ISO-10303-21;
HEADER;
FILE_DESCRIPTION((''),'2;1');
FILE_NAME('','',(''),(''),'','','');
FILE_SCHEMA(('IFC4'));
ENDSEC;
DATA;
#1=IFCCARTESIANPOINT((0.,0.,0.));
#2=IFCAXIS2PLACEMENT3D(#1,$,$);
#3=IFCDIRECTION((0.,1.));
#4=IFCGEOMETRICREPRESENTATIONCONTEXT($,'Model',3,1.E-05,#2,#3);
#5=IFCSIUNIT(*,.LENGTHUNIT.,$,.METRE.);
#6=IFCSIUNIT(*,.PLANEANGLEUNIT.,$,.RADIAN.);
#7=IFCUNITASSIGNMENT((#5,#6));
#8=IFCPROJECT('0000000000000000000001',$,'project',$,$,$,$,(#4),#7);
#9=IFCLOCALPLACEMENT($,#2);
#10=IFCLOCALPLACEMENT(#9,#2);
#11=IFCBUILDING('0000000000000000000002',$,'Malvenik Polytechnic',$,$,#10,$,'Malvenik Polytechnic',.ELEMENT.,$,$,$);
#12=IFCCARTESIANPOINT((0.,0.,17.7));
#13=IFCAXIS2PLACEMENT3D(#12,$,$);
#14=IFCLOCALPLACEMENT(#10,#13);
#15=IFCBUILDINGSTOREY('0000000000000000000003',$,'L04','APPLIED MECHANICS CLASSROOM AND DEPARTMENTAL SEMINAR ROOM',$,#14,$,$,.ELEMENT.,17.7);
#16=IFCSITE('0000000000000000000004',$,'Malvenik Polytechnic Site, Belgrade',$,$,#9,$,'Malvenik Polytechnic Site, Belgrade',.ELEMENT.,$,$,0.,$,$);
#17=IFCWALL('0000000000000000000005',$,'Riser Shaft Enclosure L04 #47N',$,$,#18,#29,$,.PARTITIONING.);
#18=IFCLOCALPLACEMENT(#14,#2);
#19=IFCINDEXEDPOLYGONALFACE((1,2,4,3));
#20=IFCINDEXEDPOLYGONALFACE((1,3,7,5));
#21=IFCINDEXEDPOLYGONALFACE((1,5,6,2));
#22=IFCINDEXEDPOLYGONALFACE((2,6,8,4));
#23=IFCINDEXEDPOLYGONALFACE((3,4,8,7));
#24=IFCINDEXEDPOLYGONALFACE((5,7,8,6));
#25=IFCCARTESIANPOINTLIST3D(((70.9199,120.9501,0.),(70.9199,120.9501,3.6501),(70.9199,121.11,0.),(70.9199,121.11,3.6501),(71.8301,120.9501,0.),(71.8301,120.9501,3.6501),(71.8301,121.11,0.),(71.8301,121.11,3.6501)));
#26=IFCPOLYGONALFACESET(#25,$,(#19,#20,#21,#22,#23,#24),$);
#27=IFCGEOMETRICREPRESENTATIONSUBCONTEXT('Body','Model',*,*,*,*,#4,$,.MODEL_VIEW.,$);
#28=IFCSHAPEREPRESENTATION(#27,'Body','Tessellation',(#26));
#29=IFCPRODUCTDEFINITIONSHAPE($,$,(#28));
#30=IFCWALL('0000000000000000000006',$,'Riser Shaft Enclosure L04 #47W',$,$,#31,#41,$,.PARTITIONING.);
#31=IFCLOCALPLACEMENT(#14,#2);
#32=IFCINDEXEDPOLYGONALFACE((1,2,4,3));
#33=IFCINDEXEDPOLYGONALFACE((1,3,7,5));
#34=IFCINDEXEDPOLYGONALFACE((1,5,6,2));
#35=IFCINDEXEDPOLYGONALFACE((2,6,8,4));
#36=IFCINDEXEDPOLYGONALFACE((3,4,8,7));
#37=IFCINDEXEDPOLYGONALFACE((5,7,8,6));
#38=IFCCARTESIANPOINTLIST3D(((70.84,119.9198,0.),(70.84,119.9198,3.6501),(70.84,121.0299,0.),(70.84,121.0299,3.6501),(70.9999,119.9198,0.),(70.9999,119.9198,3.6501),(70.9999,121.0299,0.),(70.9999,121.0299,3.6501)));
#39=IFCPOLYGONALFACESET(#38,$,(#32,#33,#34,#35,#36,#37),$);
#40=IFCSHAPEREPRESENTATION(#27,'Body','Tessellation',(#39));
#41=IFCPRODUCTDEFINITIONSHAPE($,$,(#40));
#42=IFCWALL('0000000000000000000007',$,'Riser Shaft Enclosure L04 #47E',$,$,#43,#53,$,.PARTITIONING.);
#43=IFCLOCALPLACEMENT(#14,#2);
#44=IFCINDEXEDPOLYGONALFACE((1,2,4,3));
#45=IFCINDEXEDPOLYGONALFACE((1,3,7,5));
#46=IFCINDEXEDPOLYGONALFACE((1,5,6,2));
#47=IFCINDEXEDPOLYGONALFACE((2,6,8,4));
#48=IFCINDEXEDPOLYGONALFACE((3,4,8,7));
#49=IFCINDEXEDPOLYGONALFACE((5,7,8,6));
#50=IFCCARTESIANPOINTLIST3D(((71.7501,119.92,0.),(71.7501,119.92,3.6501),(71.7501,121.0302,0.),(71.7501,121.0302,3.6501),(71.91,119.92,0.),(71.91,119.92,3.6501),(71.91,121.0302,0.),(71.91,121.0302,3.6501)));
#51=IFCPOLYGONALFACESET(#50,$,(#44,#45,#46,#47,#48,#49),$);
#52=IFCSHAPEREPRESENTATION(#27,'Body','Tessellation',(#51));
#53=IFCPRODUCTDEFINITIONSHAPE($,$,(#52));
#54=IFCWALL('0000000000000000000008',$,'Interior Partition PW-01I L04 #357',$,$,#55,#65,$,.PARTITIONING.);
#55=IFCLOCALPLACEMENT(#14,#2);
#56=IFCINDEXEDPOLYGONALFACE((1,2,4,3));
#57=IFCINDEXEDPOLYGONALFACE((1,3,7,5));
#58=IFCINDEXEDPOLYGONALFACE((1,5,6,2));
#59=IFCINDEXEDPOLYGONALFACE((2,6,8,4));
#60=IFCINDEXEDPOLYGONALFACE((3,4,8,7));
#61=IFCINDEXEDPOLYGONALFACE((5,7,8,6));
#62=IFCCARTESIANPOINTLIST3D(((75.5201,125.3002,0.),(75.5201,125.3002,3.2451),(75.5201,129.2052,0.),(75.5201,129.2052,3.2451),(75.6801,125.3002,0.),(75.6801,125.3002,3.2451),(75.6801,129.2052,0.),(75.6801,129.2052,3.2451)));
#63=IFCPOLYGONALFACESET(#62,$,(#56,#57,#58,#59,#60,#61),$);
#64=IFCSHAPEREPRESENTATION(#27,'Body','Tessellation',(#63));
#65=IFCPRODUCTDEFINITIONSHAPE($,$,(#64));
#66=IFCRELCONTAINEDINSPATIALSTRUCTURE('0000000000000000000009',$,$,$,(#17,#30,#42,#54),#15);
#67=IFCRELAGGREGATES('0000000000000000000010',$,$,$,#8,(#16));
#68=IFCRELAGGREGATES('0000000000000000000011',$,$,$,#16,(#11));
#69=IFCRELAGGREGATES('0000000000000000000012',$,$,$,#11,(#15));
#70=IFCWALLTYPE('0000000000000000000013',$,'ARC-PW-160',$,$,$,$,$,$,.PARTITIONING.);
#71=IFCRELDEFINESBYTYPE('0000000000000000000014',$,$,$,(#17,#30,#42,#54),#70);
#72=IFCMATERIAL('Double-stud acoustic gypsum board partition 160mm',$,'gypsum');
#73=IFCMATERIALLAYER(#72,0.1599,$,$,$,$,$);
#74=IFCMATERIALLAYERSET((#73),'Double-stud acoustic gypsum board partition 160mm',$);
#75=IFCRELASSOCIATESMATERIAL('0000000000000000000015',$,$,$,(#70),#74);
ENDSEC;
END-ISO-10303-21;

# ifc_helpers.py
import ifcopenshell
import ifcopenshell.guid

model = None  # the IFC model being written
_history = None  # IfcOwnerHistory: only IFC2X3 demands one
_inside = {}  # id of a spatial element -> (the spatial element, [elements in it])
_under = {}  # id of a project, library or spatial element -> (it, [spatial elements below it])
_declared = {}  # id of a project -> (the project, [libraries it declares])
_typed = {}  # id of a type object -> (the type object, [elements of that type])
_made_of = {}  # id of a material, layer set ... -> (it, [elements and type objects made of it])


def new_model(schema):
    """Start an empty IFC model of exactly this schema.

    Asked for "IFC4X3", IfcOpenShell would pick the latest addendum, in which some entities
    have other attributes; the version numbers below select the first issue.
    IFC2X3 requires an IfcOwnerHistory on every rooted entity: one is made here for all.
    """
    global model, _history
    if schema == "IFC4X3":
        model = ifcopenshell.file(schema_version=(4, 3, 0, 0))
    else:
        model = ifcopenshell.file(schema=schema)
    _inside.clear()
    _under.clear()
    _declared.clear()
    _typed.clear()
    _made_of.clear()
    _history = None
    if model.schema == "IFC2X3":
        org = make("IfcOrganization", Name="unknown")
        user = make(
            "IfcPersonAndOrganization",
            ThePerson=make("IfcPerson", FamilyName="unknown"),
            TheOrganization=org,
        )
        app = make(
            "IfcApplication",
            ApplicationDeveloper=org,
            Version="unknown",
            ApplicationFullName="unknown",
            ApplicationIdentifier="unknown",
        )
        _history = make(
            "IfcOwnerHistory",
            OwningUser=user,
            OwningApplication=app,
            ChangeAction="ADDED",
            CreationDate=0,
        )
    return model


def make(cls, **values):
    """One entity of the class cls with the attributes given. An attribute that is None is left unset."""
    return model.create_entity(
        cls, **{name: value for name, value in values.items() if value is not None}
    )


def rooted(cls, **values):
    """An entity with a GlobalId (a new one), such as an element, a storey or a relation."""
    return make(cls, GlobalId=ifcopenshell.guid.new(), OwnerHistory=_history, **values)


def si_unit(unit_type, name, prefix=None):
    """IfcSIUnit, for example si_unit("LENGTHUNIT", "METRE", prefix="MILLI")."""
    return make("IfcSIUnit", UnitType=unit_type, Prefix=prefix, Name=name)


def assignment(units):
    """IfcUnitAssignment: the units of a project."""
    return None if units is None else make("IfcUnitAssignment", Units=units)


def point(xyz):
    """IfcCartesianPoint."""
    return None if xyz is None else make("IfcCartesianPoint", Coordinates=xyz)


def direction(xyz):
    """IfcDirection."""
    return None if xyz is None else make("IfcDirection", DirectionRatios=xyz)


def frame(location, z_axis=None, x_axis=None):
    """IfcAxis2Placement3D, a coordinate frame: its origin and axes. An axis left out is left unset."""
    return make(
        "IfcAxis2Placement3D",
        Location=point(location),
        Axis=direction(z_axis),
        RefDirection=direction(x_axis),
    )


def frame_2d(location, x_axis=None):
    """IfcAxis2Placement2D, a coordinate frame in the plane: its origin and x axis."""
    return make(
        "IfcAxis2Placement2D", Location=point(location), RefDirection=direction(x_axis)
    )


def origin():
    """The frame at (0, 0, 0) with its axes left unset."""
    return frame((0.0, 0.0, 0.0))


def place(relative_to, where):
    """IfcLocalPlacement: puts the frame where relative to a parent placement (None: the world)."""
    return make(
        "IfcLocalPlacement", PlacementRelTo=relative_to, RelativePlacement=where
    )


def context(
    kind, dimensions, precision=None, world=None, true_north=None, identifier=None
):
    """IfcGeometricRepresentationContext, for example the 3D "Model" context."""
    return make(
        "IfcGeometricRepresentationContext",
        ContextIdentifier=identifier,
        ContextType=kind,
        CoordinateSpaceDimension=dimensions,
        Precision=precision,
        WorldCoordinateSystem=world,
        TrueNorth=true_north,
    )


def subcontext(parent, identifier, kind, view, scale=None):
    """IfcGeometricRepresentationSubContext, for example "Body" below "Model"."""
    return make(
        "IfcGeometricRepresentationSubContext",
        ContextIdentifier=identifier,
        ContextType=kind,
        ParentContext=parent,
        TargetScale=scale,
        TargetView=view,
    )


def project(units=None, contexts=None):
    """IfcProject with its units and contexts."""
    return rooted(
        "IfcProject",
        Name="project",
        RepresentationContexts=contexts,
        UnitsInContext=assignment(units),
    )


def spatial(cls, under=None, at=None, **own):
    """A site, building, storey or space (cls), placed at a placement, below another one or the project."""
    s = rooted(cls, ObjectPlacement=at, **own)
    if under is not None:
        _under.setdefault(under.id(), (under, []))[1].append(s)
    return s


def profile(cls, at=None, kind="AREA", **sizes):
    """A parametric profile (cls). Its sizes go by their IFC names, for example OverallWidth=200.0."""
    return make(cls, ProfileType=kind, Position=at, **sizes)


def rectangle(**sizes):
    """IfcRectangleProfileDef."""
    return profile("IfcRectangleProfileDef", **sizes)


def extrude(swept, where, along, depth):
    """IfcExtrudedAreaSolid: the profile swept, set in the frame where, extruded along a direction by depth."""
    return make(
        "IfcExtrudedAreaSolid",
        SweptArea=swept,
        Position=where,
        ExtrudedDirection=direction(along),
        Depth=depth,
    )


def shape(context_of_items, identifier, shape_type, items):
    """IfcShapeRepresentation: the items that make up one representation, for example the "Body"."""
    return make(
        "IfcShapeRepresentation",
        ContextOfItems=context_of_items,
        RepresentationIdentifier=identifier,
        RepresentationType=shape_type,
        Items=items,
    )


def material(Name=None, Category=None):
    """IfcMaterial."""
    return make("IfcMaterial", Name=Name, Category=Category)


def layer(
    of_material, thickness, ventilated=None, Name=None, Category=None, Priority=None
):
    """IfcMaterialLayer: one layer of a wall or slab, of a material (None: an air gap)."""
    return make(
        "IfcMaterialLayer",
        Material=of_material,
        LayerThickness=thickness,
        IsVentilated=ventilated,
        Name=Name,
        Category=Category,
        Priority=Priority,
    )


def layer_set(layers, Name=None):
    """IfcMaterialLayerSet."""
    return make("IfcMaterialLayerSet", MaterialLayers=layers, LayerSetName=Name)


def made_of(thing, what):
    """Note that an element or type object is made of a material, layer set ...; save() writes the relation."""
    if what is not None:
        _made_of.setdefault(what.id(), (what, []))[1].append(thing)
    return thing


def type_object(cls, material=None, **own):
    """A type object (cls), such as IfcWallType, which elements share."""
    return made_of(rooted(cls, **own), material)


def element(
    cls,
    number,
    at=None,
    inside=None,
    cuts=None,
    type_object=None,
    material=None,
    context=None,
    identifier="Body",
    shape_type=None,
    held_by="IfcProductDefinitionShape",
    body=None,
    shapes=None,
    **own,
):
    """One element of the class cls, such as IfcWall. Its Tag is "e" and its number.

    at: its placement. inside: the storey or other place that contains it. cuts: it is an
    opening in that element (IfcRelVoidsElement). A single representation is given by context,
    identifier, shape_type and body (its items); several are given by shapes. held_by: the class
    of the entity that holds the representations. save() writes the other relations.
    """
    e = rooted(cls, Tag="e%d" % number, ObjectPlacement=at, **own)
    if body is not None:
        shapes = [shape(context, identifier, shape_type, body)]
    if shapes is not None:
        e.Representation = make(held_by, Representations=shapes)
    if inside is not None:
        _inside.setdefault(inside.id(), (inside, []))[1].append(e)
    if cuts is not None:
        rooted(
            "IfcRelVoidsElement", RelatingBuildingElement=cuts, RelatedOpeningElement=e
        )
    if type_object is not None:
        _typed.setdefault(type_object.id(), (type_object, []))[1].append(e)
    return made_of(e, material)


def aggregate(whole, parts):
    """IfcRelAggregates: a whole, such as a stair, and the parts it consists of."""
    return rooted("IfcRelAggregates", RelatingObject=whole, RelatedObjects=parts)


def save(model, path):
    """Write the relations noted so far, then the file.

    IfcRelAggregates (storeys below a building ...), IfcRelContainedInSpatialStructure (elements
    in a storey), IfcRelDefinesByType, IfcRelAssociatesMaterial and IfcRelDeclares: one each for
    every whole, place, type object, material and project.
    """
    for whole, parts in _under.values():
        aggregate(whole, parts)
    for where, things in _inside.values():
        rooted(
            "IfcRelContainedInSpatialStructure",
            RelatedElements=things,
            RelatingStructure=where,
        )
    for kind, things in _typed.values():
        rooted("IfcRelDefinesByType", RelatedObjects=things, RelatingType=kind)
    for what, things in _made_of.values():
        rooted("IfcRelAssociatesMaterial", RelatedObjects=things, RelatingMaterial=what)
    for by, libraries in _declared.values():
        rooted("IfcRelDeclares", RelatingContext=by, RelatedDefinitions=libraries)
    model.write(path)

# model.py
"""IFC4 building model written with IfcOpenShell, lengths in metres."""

from ifc_helpers import new_model, si_unit, direction, frame, frame_2d, origin, place, context, subcontext, project, spatial, rectangle, extrude, material, layer, layer_set, type_object, element, save


model = new_model("IFC4")

# Units and contexts
model_context = context("Model", 3, precision=1e-05, world=origin(), true_north=direction((0.0, 1.0)))
body_context = subcontext(model_context, "Body", "Model", "MODEL_VIEW")
ifc_project = project(units=[si_unit("LENGTHUNIT", "METRE"), si_unit("PLANEANGLEUNIT", "RADIAN")], contexts=[model_context])

# Site, building, storey
site_placement = place(None, origin())
site = spatial("IfcSite", under=ifc_project, at=site_placement, Name="Malvenik Polytechnic Site, Belgrade", LongName="Malvenik Polytechnic Site, Belgrade", CompositionType="ELEMENT", RefElevation=0.0)
building_placement = place(site_placement, origin())
building = spatial("IfcBuilding", under=site, at=building_placement, Name="Malvenik Polytechnic", LongName="Malvenik Polytechnic", CompositionType="ELEMENT")
storey_placement = place(building_placement, frame((0.0, 0.0, 17.7)))
storey = spatial("IfcBuildingStorey", under=building, at=storey_placement, Name="L04", Description="APPLIED MECHANICS CLASSROOM AND DEPARTMENTAL SEMINAR ROOM", CompositionType="ELEMENT", Elevation=17.7)

# Walls
ifc_material_1 = material(Name="Double-stud acoustic gypsum board partition 160mm", Category="gypsum")
ifc_layer_1 = layer(ifc_material_1, 0.1599)
ifc_layer_set_1 = layer_set([ifc_layer_1], Name="Double-stud acoustic gypsum board partition 160mm")
wall_type_1 = type_object("IfcWallType", Name="ARC-PW-160", PredefinedType="PARTITIONING", material=ifc_layer_set_1)
for number, where, z_axis, x_axis, name in (
    (1, (71.8301, 121.03, 0.0), (0.0, 0.0, 1.0), (-1.0, 0.0, 0.0), "Riser Shaft Enclosure L04 #47N"),
):
    element("IfcWall", number, at=place(storey_placement, frame(where, z_axis=z_axis, x_axis=x_axis)), inside=storey, type_object=wall_type_1, Name=name, PredefinedType="PARTITIONING", context=body_context, shape_type="SweptSolid", body=[
        extrude(rectangle(XDim=0.9102, YDim=0.1599, at=frame_2d((0.4551, 0.0))), origin(), (0.0, 0.0, 1.0), 3.6501),
    ])
for number, where, z_axis, x_axis, name in (
    (2, (70.9199, 121.03, 0.0), (0.0, 0.0, 1.0), (0.0, -1.0, 0.0), "Riser Shaft Enclosure L04 #47W"),
    (3, (71.8301, 119.9199, 0.0), (0.0, 0.0, 1.0), (0.0, 1.0, 0.0), "Riser Shaft Enclosure L04 #47E"),
):
    element("IfcWall", number, at=place(storey_placement, frame(where, z_axis=z_axis, x_axis=x_axis)), inside=storey, type_object=wall_type_1, Name=name, PredefinedType="PARTITIONING", context=body_context, shape_type="SweptSolid", body=[
        extrude(rectangle(XDim=1.1101, YDim=0.1599, at=frame_2d((0.5552, 0.0))), origin(), (0.0, 0.0, 1.0), 3.6501),
    ])
wall_1_placement = place(storey_placement, frame((75.6001, 125.3, 0.0), z_axis=(0.0, 0.0, 1.0), x_axis=(0.0, 1.0, 0.0)))
element("IfcWall", 4, at=wall_1_placement, inside=storey, type_object=wall_type_1, Name="Interior Partition PW-01I L04 #357", PredefinedType="PARTITIONING", context=body_context, shape_type="SweptSolid", body=[
    extrude(rectangle(XDim=3.905, YDim=0.1599, at=frame_2d((1.9526, 0.0))), origin(), (0.0, 0.0, 1.0), 3.2451),
])

save(model, "model.ifc")
